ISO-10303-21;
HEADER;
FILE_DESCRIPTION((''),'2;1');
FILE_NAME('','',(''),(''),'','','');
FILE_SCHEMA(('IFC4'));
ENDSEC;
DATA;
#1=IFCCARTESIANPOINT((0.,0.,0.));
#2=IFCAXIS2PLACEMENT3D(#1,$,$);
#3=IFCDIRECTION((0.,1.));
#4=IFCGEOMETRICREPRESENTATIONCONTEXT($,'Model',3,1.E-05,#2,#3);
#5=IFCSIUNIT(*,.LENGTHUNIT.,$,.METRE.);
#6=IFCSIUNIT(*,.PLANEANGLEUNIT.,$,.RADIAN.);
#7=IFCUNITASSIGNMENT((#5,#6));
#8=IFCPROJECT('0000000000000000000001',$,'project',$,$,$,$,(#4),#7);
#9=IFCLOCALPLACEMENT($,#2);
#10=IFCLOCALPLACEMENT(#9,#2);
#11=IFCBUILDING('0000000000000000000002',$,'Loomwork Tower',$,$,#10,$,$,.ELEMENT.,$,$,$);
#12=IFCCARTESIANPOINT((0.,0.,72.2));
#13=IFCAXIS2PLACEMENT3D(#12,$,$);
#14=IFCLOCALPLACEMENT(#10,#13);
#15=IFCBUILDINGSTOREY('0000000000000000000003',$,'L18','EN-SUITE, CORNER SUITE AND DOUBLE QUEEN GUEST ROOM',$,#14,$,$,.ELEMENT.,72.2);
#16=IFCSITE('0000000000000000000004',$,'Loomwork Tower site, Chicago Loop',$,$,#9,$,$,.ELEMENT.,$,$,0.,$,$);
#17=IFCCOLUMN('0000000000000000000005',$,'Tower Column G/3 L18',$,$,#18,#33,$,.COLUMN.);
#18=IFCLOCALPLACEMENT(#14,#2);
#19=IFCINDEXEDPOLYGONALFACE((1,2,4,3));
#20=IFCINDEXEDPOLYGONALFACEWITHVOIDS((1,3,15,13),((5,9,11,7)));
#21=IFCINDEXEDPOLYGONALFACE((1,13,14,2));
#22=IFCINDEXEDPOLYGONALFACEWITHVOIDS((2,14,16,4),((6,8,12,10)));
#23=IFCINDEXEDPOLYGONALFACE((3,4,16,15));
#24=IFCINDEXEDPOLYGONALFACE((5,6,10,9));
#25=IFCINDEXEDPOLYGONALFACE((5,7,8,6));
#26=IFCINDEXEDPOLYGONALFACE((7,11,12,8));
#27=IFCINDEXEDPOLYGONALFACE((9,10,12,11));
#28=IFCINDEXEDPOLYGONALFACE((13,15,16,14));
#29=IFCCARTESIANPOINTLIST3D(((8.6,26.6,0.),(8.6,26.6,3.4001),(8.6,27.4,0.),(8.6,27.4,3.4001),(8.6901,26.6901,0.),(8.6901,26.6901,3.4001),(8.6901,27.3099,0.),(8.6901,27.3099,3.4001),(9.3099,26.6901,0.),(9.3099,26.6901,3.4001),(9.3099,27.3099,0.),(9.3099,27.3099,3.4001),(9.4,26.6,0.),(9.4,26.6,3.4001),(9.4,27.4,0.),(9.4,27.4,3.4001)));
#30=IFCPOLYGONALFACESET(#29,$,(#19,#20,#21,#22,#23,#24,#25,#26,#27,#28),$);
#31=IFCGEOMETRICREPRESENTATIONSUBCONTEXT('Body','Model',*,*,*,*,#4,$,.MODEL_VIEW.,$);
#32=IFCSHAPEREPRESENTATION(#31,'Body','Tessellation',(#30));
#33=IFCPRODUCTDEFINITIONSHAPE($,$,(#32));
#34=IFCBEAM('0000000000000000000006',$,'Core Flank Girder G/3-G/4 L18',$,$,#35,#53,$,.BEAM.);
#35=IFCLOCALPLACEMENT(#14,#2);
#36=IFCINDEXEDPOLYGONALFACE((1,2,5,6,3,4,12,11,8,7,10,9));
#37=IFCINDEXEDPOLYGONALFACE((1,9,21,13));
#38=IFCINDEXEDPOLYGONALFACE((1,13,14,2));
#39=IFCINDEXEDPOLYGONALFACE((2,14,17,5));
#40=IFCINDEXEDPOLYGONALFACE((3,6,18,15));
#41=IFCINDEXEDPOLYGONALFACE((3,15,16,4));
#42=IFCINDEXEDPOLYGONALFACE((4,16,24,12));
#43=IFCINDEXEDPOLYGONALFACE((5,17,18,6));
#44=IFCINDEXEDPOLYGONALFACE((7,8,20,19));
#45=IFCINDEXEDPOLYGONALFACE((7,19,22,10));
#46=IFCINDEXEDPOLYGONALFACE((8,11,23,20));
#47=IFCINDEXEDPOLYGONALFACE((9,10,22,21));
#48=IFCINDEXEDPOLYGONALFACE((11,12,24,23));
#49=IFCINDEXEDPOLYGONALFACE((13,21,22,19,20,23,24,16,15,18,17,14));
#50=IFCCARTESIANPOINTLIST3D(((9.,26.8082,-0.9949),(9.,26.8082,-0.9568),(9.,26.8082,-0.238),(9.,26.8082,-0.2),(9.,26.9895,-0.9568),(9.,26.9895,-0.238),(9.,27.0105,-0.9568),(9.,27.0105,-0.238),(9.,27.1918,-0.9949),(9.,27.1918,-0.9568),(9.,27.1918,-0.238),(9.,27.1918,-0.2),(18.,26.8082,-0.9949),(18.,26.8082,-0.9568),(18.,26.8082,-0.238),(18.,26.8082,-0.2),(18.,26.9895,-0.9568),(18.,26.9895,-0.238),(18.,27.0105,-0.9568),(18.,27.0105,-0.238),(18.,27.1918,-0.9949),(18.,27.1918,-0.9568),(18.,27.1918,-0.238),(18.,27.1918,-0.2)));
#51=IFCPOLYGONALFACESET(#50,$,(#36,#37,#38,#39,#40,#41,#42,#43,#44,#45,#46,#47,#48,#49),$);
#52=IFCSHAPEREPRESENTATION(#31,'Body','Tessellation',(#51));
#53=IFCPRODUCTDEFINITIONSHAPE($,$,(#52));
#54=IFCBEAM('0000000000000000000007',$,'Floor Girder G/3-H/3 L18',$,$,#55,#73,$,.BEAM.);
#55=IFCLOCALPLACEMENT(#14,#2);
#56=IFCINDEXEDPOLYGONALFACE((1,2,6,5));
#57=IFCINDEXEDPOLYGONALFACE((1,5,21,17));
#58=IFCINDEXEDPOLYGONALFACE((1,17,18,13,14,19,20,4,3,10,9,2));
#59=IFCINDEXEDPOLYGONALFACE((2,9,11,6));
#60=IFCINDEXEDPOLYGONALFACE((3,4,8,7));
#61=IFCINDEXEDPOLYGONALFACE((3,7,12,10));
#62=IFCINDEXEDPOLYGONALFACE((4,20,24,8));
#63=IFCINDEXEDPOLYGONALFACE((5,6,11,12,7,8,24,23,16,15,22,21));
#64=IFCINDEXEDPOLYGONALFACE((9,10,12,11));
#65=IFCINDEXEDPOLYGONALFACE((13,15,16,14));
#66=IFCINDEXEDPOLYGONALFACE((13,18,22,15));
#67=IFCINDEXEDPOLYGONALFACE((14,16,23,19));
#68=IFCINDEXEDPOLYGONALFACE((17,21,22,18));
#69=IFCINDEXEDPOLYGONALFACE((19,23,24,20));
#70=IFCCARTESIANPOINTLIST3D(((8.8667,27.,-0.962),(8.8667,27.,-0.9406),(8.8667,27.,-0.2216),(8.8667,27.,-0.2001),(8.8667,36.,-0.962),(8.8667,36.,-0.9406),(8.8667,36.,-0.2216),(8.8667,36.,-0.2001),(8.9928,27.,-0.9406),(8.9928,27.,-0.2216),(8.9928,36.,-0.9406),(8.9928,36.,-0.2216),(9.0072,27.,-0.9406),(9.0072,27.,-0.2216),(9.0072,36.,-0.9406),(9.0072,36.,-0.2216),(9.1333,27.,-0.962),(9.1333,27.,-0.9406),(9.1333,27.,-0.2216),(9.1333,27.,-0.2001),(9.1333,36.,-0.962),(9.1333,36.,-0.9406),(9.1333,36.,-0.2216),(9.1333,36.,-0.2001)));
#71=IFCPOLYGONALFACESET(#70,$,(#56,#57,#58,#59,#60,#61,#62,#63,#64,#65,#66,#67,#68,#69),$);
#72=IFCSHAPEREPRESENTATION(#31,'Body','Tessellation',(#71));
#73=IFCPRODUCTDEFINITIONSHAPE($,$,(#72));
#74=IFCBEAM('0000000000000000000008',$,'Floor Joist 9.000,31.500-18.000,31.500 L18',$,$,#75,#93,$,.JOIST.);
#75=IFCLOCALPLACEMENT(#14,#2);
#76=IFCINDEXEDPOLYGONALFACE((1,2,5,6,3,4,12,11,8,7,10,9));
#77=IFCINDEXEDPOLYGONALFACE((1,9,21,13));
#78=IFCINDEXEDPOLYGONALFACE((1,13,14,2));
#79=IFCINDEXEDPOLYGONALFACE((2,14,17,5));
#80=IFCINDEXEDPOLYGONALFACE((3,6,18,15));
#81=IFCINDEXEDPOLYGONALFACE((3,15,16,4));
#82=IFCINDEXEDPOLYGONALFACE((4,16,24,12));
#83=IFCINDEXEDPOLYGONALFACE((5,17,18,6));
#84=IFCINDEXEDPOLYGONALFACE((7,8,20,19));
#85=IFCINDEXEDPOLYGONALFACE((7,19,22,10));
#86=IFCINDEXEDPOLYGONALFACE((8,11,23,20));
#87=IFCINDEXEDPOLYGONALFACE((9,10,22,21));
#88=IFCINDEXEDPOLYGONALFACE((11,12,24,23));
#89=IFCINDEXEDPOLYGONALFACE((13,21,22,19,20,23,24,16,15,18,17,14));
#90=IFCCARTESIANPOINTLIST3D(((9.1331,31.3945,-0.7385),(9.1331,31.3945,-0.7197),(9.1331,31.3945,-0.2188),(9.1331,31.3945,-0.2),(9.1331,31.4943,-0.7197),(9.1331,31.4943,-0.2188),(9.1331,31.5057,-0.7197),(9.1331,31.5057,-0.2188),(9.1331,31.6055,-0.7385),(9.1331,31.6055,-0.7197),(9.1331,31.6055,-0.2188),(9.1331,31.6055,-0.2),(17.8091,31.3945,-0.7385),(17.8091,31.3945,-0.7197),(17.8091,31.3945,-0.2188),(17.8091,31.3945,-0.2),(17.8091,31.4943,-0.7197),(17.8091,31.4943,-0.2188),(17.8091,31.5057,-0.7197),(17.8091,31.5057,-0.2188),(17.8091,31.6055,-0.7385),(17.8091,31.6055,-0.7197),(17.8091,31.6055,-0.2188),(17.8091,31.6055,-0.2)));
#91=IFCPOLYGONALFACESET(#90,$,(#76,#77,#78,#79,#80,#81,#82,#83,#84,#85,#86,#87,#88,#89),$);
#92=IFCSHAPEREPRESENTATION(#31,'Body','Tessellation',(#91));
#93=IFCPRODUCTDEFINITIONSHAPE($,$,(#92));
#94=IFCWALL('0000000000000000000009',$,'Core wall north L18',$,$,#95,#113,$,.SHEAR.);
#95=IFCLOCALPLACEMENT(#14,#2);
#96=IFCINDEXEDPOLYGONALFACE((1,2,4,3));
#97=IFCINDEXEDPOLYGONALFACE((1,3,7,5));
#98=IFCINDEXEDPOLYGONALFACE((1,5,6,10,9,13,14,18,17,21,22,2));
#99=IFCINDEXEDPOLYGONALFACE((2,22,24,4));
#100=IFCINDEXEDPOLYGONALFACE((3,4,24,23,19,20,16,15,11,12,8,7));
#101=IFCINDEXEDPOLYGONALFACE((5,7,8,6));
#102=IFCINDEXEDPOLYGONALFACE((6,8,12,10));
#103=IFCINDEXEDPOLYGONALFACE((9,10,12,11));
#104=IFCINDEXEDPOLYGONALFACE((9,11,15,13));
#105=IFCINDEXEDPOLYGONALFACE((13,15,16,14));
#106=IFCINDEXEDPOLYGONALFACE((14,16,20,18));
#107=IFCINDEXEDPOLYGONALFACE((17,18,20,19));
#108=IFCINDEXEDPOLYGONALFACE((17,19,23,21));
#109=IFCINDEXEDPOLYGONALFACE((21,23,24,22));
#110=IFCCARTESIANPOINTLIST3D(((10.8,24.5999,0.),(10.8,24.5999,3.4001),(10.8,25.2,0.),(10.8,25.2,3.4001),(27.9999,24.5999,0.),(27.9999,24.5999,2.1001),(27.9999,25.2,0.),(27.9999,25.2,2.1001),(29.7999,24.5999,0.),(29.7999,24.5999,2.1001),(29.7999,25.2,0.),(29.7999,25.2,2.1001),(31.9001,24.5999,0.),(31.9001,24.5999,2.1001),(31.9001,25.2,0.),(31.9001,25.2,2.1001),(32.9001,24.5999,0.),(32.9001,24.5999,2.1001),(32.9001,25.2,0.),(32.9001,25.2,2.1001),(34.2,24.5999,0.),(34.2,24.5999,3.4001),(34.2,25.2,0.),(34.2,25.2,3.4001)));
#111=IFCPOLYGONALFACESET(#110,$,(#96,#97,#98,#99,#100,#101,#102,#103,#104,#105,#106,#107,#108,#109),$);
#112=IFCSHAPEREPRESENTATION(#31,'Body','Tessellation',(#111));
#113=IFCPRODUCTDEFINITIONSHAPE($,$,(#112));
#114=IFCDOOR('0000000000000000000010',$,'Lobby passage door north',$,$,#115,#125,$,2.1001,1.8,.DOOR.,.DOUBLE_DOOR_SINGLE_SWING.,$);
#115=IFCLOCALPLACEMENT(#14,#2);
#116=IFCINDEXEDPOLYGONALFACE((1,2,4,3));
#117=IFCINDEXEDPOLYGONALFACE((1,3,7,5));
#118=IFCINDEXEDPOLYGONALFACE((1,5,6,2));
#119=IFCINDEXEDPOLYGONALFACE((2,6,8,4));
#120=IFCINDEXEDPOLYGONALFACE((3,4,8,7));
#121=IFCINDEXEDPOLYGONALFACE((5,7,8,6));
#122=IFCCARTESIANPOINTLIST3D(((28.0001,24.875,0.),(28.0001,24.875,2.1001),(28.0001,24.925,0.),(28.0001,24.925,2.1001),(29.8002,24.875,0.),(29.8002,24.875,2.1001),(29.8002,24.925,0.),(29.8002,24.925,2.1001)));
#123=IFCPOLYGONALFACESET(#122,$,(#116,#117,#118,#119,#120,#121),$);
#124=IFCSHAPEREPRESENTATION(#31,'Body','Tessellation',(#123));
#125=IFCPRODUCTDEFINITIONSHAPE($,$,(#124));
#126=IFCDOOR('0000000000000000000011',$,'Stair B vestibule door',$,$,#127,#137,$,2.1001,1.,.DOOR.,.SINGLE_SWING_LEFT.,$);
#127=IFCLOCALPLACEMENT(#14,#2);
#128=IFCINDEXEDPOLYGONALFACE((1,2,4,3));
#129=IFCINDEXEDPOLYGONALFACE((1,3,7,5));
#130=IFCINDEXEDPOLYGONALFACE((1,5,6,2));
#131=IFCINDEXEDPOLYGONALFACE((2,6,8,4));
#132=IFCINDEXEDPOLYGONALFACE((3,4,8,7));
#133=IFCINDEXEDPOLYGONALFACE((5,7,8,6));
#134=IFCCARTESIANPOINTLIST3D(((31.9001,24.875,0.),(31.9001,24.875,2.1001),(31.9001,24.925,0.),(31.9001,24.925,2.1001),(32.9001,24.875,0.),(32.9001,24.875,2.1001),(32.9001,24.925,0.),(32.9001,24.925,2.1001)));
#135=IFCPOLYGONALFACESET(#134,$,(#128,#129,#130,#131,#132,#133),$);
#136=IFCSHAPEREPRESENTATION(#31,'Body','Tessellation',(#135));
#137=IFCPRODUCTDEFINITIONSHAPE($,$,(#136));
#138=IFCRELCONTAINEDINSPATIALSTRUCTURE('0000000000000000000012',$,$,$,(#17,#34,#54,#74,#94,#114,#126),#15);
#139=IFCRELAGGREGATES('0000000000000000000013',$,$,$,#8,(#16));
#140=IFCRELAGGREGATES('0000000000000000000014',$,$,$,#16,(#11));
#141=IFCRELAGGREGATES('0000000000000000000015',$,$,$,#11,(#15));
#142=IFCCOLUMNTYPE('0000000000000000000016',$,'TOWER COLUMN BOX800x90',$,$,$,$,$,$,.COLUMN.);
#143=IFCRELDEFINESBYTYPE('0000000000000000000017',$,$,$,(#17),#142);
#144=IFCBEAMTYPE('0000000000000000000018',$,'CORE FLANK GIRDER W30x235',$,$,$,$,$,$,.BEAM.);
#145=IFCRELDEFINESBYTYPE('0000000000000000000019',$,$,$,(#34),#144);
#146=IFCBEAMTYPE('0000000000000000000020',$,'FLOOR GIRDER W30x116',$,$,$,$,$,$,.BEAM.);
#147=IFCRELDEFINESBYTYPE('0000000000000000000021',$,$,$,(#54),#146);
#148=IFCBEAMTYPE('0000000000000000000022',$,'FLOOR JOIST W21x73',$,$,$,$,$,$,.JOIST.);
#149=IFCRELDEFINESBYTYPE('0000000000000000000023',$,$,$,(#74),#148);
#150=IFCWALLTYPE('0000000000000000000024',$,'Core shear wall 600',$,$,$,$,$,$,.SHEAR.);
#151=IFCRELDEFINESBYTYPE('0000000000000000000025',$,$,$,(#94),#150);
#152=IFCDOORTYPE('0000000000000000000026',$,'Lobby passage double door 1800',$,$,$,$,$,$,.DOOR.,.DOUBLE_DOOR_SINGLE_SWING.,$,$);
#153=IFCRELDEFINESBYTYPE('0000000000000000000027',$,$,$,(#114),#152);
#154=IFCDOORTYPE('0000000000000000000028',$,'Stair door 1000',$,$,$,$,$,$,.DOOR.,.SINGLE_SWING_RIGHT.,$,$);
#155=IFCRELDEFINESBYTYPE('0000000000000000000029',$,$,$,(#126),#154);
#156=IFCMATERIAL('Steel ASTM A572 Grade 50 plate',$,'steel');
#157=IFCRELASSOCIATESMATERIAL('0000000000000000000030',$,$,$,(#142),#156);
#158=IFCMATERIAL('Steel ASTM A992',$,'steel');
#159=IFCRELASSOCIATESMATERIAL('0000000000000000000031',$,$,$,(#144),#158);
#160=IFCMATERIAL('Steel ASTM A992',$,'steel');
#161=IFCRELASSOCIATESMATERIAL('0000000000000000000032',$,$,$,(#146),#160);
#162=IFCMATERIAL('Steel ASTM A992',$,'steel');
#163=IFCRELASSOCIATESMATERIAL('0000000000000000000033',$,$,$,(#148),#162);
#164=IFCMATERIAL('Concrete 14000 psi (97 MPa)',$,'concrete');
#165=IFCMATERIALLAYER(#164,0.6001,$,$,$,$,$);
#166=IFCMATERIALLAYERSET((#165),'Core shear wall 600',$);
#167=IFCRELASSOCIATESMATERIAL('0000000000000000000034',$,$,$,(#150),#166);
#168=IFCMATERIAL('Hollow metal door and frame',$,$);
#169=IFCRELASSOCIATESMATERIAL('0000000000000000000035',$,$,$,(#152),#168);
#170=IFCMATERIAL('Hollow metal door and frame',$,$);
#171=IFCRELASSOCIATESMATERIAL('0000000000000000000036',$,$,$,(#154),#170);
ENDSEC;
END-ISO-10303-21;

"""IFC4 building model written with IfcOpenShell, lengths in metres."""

from ifc_helpers import new_model, si_unit, direction, frame, frame_2d, origin, origin_2d, place, context, subcontext, project, spatial, rectangle, hollow_rectangle, i_section, extrude, material, layer, layer_set, material_profile, profile_set, type_object, element, fill, save


model = new_model("IFC4")

# Units and contexts
model_context = context("Model", 3, precision=1e-05, world=origin(), true_north=direction((0.0, 1.0)))
body_context = subcontext(model_context, "Body", "Model", "MODEL_VIEW")
ifc_project = project(units=[si_unit("LENGTHUNIT", "METRE"), si_unit("PLANEANGLEUNIT", "RADIAN")], contexts=[model_context])

# Site, building, storey
site_placement = place(None, origin())
site = spatial("IfcSite", under=ifc_project, at=site_placement, Name="Loomwork Tower site, Chicago Loop", CompositionType="ELEMENT", RefElevation=0.0)
building_placement = place(site_placement, origin())
building = spatial("IfcBuilding", under=site, at=building_placement, Name="Loomwork Tower", CompositionType="ELEMENT")
storey_placement = place(building_placement, frame((0.0, 0.0, 72.2)))
storey = spatial("IfcBuildingStorey", under=building, at=storey_placement, Name="L18", Description="EN-SUITE, CORNER SUITE AND DOUBLE QUEEN GUEST ROOM", CompositionType="ELEMENT", Elevation=72.2)

# Column
ifc_material_1 = material(Name="Steel ASTM A572 Grade 50 plate", Category="steel")
ifc_material_profile_1 = material_profile(ifc_material_1, hollow_rectangle(XDim=0.8, YDim=0.8, WallThickness=0.0901, at=origin_2d()), Name="BOX800x90")
ifc_profile_set_1 = profile_set([ifc_material_profile_1], Name="Steel ASTM A572 Grade 50 plate")
column_type = type_object("IfcColumnType", Name="TOWER COLUMN BOX800x90", PredefinedType="COLUMN", material=ifc_profile_set_1)
column_placement = place(storey_placement, frame((9.0, 27.0, 0.0), z_axis=(0.0, 0.0, 1.0), x_axis=(1.0, 0.0, 0.0)))
element("IfcColumn", 1, at=column_placement, inside=storey, type_object=column_type, Name="Tower Column G/3 L18", PredefinedType="COLUMN", context=body_context, shape_type="SweptSolid", body=[
    extrude(hollow_rectangle(XDim=0.8, YDim=0.8, WallThickness=0.0901, at=origin_2d()), origin(), (0.0, 0.0, 1.0), 3.4001),
])

# Beams
ifc_material_2 = material(Name="Steel ASTM A992", Category="steel")
ifc_material_profile_2 = material_profile(ifc_material_2, i_section(OverallWidth=0.3835, OverallDepth=0.7949, WebThickness=0.021, FlangeThickness=0.0381, at=origin_2d()), Name="W30x235")
ifc_profile_set_2 = profile_set([ifc_material_profile_2], Name="Steel ASTM A992")
beam_type_1 = type_object("IfcBeamType", Name="CORE FLANK GIRDER W30x235", PredefinedType="BEAM", material=ifc_profile_set_2)
beam_1_placement = place(storey_placement, frame((9.0, 27.0, -0.5974), z_axis=(1.0, 0.0, 0.0), x_axis=(0.0, 1.0, 0.0)))
element("IfcBeam", 2, at=beam_1_placement, inside=storey, type_object=beam_type_1, Name="Core Flank Girder G/3-G/4 L18", PredefinedType="BEAM", context=body_context, shape_type="SweptSolid", body=[
    extrude(i_section(OverallWidth=0.3835, OverallDepth=0.7949, WebThickness=0.021, FlangeThickness=0.0381, at=origin_2d()), origin(), (0.0, 0.0, 1.0), 9.0),
])
ifc_material_3 = material(Name="Steel ASTM A992", Category="steel")
ifc_material_profile_3 = material_profile(ifc_material_3, i_section(OverallWidth=0.2666, OverallDepth=0.762, WebThickness=0.0144, FlangeThickness=0.0215, at=origin_2d()), Name="W30x116")
ifc_profile_set_3 = profile_set([ifc_material_profile_3], Name="Steel ASTM A992")
beam_type_2 = type_object("IfcBeamType", Name="FLOOR GIRDER W30x116", PredefinedType="BEAM", material=ifc_profile_set_3)
beam_2_placement = place(storey_placement, frame((9.0, 27.0, -0.5811), z_axis=(0.0, 1.0, 0.0), x_axis=(-1.0, 0.0, 0.0)))
element("IfcBeam", 3, at=beam_2_placement, inside=storey, type_object=beam_type_2, Name="Floor Girder G/3-H/3 L18", PredefinedType="BEAM", context=body_context, shape_type="SweptSolid", body=[
    extrude(i_section(OverallWidth=0.2666, OverallDepth=0.762, WebThickness=0.0144, FlangeThickness=0.0215, at=origin_2d()), origin(), (0.0, 0.0, 1.0), 9.0),
])
ifc_material_4 = material(Name="Steel ASTM A992", Category="steel")
ifc_material_profile_4 = material_profile(ifc_material_4, i_section(OverallWidth=0.2109, OverallDepth=0.5386, WebThickness=0.0115, FlangeThickness=0.0188, at=origin_2d()), Name="W21x73")
ifc_profile_set_4 = profile_set([ifc_material_profile_4], Name="Steel ASTM A992")
beam_type_3 = type_object("IfcBeamType", Name="FLOOR JOIST W21x73", PredefinedType="JOIST", material=ifc_profile_set_4)
beam_3_placement = place(storey_placement, frame((9.1331, 31.5, -0.4692), z_axis=(1.0, 0.0, 0.0), x_axis=(0.0, 1.0, 0.0)))
element("IfcBeam", 4, at=beam_3_placement, inside=storey, type_object=beam_type_3, Name="Floor Joist 9.000,31.500-18.000,31.500 L18", PredefinedType="JOIST", context=body_context, shape_type="SweptSolid", body=[
    extrude(i_section(OverallWidth=0.2109, OverallDepth=0.5386, WebThickness=0.0115, FlangeThickness=0.0188, at=origin_2d()), origin(), (0.0, 0.0, 1.0), 8.676),
])

# Wall, openings, doors
ifc_material_5 = material(Name="Concrete 14000 psi (97 MPa)", Category="concrete")
ifc_layer_1 = layer(ifc_material_5, 0.6001)
ifc_layer_set_1 = layer_set([ifc_layer_1], Name="Core shear wall 600")
wall_type_1 = type_object("IfcWallType", Name="Core shear wall 600", PredefinedType="SHEAR", material=ifc_layer_set_1)
wall_1_placement = place(storey_placement, frame((10.8, 24.8999, 0.0), z_axis=(0.0, 0.0, 1.0), x_axis=(1.0, 0.0, 0.0)))
wall_1 = element("IfcWall", 5, at=wall_1_placement, inside=storey, type_object=wall_type_1, Name="Core wall north L18", PredefinedType="SHEAR", context=body_context, shape_type="SweptSolid", body=[
    extrude(rectangle(XDim=23.3999, YDim=0.6001, at=frame_2d((11.7, 0.0))), origin(), (0.0, 0.0, 1.0), 3.4001),
])
opening_1_placement = place(wall_1_placement, frame((17.2, 0.0, 0.0)))
opening_1 = element("IfcOpeningElement", 6, at=opening_1_placement, cuts=wall_1, PredefinedType="OPENING", context=body_context, shape_type="SweptSolid", body=[
    extrude(rectangle(XDim=1.8, YDim=2.1001, at=frame_2d((0.8999, 1.05))), frame((0.0, 0.3101, 0.0), z_axis=(0.0, -1.0, 0.0), x_axis=(1.0, 0.0, 0.0)), (0.0, 0.0, 1.0), 0.6201),
])
opening_2_placement = place(wall_1_placement, frame((21.1001, 0.0, 0.0)))
opening_2 = element("IfcOpeningElement", 7, at=opening_2_placement, cuts=wall_1, PredefinedType="OPENING", context=body_context, shape_type="SweptSolid", body=[
    extrude(rectangle(XDim=1.0, YDim=2.1001, at=frame_2d((0.5, 1.05))), frame((0.0, 0.3101, 0.0), z_axis=(0.0, -1.0, 0.0), x_axis=(1.0, 0.0, 0.0)), (0.0, 0.0, 1.0), 0.6201),
])
ifc_material_6 = material(Name="Hollow metal door and frame")
door_type_1 = type_object("IfcDoorType", Name="Lobby passage double door 1800", OperationType="DOUBLE_DOOR_SINGLE_SWING", PredefinedType="DOOR", material=ifc_material_6)
door_1_placement = place(opening_1_placement, frame((1.8, 0.0, 0.0), z_axis=(0.0, 0.0, 1.0), x_axis=(-1.0, 0.0, 0.0)))
door_1 = element("IfcDoor", 8, at=door_1_placement, inside=storey, type_object=door_type_1, Name="Lobby passage door north", OperationType="DOUBLE_DOOR_SINGLE_SWING", OverallHeight=2.1001, OverallWidth=1.8, PredefinedType="DOOR", context=body_context, shape_type="SweptSolid", body=[
    extrude(rectangle(XDim=1.8, YDim=2.1001, at=frame_2d((0.8999, 1.05))), frame((0.0, 0.0249, 0.0), z_axis=(0.0, -1.0, 0.0), x_axis=(1.0, 0.0, 0.0)), (0.0, 0.0, 1.0), 0.05),
])
fill(opening_1, door_1)
ifc_material_7 = material(Name="Hollow metal door and frame")
door_type_2 = type_object("IfcDoorType", Name="Stair door 1000", OperationType="SINGLE_SWING_RIGHT", PredefinedType="DOOR", material=ifc_material_7)
door_2_placement = place(opening_2_placement, frame((1.0, 0.0, 0.0), z_axis=(0.0, 0.0, 1.0), x_axis=(-1.0, 0.0, 0.0)))
door_2 = element("IfcDoor", 9, at=door_2_placement, inside=storey, type_object=door_type_2, Name="Stair B vestibule door", OperationType="SINGLE_SWING_LEFT", OverallHeight=2.1001, OverallWidth=1.0, PredefinedType="DOOR", context=body_context, shape_type="SweptSolid", body=[
    extrude(rectangle(XDim=1.0, YDim=2.1001, at=frame_2d((0.5, 1.05))), frame((0.0, 0.0249, 0.0), z_axis=(0.0, -1.0, 0.0), x_axis=(1.0, 0.0, 0.0)), (0.0, 0.0, 1.0), 0.05),
])
fill(opening_2, door_2)

save(model, "model.ifc")
